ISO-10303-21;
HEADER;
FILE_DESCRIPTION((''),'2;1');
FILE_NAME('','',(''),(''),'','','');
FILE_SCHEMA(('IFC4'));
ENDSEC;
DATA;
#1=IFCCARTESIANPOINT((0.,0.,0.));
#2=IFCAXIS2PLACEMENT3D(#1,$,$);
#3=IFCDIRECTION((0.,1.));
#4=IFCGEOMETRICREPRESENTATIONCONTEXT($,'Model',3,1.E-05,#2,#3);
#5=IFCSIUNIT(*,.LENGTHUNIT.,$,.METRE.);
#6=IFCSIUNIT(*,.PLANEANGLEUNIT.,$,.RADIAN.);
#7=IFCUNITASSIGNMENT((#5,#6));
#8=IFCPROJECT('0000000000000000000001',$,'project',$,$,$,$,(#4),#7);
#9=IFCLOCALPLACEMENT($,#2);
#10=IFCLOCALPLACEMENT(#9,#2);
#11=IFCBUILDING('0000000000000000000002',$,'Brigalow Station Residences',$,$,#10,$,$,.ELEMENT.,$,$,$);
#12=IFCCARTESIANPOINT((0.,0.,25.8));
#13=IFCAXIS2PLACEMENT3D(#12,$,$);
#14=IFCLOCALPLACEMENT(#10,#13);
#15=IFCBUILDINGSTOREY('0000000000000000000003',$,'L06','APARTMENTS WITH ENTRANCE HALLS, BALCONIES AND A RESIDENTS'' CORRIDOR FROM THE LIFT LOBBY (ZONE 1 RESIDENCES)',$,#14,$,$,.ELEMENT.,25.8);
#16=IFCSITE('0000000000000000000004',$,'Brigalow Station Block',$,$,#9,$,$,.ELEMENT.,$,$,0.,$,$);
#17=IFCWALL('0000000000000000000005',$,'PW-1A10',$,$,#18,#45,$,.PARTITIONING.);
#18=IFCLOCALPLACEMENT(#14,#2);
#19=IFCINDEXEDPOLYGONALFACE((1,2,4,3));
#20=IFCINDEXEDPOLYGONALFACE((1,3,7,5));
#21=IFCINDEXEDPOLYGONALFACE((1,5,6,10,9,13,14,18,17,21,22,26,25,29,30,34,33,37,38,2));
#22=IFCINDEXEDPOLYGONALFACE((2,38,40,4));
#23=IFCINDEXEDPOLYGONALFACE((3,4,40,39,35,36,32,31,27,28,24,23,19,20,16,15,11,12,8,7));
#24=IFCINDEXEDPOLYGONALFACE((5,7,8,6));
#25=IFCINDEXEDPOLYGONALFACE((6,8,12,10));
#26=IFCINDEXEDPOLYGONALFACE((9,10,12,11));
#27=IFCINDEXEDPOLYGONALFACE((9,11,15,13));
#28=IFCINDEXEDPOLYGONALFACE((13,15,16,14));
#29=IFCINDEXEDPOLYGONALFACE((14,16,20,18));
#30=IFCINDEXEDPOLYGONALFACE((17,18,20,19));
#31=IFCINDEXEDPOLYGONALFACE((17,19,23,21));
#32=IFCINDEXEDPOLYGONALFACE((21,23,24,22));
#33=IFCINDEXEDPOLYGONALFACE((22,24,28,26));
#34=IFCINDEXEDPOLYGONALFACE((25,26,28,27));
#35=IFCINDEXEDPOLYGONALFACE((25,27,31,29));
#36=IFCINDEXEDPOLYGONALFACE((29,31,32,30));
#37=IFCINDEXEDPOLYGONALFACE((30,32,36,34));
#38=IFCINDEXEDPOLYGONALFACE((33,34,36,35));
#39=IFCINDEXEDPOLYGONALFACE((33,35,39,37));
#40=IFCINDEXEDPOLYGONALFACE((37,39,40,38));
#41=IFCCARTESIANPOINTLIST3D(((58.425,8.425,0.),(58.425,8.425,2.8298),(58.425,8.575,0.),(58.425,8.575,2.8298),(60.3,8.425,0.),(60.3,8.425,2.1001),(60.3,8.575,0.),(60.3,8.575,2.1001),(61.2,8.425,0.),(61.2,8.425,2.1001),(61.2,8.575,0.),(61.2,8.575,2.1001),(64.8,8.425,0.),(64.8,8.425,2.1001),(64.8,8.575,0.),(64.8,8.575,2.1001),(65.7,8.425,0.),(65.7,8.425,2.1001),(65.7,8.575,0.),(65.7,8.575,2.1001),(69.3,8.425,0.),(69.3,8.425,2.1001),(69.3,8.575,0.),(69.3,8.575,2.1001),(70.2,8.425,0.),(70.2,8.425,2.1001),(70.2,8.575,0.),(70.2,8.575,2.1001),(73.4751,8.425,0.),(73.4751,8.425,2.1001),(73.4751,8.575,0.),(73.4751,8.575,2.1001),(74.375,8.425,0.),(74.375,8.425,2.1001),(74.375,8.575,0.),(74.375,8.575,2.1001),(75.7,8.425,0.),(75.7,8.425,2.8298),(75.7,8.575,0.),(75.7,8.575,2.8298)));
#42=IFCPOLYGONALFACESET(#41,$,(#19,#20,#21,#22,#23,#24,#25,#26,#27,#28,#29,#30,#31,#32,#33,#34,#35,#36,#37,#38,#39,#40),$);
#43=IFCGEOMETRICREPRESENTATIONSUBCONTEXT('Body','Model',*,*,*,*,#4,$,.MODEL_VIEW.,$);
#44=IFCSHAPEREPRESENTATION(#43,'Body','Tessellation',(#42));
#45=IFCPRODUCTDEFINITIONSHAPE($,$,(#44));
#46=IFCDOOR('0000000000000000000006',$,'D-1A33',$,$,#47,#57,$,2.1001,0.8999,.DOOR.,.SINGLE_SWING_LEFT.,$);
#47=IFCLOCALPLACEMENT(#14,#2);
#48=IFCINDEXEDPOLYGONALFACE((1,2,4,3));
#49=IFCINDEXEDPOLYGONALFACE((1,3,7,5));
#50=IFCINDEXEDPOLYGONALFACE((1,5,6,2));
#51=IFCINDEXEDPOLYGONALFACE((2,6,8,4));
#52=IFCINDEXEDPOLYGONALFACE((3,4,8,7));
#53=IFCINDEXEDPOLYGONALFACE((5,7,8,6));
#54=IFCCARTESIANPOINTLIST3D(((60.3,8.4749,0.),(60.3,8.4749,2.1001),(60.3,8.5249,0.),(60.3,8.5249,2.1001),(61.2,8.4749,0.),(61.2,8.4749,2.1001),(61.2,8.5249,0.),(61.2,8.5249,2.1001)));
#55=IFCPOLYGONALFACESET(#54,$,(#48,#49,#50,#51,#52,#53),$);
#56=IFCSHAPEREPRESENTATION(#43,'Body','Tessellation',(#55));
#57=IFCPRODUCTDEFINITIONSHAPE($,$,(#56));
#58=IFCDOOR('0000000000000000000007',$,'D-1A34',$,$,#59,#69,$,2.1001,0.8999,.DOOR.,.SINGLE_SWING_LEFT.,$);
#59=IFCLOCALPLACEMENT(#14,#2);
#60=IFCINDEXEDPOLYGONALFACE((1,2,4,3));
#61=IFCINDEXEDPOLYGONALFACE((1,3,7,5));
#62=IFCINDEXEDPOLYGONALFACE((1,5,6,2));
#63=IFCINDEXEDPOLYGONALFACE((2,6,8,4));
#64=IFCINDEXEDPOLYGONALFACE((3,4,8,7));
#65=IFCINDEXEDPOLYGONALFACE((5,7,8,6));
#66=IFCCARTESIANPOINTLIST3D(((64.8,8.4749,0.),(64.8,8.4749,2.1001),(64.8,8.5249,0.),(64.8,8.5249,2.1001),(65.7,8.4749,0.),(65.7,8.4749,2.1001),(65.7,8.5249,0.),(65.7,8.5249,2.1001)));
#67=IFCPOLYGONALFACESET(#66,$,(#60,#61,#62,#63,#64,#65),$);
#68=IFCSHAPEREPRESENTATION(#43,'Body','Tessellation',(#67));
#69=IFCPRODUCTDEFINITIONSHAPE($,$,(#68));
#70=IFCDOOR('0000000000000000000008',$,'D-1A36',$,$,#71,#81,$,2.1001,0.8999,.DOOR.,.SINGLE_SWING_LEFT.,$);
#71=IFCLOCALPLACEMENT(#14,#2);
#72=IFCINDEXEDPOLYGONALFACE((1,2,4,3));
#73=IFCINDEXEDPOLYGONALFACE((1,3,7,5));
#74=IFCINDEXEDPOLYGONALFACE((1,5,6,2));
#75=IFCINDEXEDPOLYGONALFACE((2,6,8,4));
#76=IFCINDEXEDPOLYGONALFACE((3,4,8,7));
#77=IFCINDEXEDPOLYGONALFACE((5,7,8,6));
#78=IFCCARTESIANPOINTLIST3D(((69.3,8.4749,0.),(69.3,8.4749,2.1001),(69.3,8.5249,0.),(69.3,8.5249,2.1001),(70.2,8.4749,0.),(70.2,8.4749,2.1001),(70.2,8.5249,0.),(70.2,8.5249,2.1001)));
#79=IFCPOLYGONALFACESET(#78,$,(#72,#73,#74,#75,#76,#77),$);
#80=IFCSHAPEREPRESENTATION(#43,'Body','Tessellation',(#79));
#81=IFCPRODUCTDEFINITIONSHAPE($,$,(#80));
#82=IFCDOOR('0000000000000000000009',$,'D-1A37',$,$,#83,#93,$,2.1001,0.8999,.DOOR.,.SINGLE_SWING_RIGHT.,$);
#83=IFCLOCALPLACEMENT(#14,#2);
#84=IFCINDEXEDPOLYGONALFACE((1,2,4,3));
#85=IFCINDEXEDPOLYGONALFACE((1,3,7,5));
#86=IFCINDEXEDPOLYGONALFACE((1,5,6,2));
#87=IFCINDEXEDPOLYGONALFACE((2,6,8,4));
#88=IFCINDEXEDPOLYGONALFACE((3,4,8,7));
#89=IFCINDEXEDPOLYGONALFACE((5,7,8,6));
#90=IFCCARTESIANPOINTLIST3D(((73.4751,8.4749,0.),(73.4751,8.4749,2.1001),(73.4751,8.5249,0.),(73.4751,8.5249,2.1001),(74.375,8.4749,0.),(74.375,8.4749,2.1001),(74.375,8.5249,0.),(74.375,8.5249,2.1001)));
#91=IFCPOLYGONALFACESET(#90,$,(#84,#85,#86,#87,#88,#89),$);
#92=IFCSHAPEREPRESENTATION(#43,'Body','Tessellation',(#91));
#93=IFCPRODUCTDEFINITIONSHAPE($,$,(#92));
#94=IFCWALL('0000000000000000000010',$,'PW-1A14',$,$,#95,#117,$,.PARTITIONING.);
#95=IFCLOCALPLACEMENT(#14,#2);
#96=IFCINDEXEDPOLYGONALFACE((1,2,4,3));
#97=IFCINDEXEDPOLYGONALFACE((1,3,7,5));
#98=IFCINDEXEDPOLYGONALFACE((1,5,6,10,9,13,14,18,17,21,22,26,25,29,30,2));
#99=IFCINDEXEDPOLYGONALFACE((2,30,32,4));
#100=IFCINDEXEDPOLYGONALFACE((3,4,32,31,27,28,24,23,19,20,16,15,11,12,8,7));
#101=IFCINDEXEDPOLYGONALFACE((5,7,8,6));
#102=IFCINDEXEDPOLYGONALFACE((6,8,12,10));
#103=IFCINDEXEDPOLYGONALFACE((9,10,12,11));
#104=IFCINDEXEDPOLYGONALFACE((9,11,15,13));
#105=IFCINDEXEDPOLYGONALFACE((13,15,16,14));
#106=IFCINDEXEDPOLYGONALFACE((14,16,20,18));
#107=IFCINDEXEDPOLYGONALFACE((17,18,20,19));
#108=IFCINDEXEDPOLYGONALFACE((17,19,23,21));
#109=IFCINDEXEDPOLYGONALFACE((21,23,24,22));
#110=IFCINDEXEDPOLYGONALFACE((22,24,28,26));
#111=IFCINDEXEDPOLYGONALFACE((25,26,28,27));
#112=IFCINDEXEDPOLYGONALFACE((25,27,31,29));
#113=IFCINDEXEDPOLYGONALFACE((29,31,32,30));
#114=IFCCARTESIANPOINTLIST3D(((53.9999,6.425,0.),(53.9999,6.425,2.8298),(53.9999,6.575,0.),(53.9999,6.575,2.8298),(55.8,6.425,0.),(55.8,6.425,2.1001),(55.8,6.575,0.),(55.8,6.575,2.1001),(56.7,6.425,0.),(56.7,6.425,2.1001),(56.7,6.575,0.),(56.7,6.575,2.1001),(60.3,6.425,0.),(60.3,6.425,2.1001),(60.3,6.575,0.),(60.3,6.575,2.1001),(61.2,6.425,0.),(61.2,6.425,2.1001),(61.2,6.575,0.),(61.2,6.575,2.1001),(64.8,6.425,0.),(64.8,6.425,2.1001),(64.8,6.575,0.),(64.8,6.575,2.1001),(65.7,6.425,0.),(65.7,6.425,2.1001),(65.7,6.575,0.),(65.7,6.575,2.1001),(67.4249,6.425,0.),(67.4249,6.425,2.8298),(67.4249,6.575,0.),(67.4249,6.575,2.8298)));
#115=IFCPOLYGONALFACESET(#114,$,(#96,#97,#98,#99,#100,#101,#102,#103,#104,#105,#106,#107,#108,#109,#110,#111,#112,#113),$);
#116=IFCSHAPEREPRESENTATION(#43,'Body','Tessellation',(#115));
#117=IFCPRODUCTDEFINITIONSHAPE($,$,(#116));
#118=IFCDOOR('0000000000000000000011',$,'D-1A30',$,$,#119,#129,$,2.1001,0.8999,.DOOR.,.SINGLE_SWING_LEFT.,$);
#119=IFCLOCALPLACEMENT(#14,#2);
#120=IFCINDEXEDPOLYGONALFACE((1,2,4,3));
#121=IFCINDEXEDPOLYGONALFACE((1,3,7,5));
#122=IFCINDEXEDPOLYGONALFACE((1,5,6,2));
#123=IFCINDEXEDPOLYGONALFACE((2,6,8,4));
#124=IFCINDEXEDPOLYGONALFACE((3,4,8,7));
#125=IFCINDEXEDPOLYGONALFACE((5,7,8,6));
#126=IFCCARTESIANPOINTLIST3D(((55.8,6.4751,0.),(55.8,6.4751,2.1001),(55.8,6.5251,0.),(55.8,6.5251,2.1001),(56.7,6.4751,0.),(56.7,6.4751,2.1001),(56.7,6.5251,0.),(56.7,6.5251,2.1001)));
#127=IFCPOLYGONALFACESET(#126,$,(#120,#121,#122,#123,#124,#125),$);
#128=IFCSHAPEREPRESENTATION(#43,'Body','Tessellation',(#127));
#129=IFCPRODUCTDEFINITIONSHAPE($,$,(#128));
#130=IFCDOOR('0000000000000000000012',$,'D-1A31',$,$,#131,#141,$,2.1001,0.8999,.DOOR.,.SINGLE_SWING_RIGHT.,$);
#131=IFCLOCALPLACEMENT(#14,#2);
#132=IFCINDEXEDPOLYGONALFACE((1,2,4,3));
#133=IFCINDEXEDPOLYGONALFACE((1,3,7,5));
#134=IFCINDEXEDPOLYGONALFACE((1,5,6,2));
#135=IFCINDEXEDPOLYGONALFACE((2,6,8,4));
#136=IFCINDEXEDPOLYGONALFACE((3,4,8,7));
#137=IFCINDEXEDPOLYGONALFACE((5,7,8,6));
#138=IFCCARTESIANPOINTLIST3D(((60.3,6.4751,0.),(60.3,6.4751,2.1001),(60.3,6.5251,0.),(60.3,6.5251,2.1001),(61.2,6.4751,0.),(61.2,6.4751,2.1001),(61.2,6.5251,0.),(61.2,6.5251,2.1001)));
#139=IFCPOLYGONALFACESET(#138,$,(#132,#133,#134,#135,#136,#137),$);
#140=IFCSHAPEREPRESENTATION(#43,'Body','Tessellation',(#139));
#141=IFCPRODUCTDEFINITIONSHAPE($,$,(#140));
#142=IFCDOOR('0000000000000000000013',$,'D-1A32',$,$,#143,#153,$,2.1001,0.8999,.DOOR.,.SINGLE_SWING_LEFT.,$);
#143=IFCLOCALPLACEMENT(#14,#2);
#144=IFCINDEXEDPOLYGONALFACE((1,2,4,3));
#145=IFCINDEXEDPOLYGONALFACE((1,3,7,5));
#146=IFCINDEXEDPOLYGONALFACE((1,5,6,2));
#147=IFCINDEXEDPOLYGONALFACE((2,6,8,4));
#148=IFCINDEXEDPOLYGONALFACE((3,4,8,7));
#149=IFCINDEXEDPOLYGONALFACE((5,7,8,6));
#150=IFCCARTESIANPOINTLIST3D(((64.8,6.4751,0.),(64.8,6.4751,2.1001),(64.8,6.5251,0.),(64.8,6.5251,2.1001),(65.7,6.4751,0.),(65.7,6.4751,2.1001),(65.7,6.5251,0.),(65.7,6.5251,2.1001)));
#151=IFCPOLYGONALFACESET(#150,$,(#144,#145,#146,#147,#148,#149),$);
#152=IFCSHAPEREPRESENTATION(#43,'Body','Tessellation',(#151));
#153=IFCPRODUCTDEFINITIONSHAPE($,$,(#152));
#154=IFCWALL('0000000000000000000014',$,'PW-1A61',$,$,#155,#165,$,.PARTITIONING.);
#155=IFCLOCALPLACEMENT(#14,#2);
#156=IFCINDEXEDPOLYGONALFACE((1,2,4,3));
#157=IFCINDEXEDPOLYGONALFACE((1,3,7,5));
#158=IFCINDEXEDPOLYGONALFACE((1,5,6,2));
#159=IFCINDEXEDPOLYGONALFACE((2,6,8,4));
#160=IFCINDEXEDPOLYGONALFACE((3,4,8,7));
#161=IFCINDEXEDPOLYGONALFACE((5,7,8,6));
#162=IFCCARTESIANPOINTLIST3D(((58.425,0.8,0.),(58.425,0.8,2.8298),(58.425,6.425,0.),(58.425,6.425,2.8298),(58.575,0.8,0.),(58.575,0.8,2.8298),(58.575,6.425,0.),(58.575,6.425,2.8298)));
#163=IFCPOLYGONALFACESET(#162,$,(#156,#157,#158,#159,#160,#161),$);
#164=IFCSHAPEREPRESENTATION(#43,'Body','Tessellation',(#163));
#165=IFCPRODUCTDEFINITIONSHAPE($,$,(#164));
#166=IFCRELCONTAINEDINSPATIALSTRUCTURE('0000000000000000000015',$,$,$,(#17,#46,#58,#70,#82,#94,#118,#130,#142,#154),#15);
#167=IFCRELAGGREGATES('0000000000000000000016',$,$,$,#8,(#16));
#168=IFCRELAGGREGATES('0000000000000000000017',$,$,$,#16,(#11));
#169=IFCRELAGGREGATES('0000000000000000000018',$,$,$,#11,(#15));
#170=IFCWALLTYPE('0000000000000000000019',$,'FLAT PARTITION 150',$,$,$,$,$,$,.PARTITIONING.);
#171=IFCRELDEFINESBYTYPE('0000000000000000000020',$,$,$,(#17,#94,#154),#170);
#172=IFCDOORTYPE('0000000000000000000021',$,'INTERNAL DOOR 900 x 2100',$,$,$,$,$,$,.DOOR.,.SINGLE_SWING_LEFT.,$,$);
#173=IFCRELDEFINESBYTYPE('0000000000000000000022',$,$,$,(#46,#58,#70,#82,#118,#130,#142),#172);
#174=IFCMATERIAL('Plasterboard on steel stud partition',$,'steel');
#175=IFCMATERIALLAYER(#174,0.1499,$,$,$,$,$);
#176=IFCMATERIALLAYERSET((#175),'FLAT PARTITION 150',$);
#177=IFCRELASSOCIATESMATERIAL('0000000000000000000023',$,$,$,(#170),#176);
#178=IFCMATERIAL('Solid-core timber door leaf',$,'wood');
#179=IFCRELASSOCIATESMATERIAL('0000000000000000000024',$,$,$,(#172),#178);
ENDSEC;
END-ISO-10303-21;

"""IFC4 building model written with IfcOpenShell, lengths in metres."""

from ifc_helpers import new_model, si_unit, direction, frame, frame_2d, origin, place, context, subcontext, project, spatial, rectangle, extrude, material, layer, layer_set, type_object, element, fill, save


model = new_model("IFC4")

# Units and contexts
model_context = context("Model", 3, precision=1e-05, world=origin(), true_north=direction((0.0, 1.0)))
body_context = subcontext(model_context, "Body", "Model", "MODEL_VIEW")
ifc_project = project(units=[si_unit("LENGTHUNIT", "METRE"), si_unit("PLANEANGLEUNIT", "RADIAN")], contexts=[model_context])

# Site, building, storey
site_placement = place(None, origin())
site = spatial("IfcSite", under=ifc_project, at=site_placement, Name="Brigalow Station Block", CompositionType="ELEMENT", RefElevation=0.0)
building_placement = place(site_placement, origin())
building = spatial("IfcBuilding", under=site, at=building_placement, Name="Brigalow Station Residences", CompositionType="ELEMENT")
storey_placement = place(building_placement, frame((0.0, 0.0, 25.8)))
storey = spatial("IfcBuildingStorey", under=building, at=storey_placement, Name="L06", Description="APARTMENTS WITH ENTRANCE HALLS, BALCONIES AND A RESIDENTS' CORRIDOR FROM THE LIFT LOBBY (ZONE 1 RESIDENCES)", CompositionType="ELEMENT", Elevation=25.8)

# Walls, openings, doors
ifc_material_1 = material(Name="Plasterboard on steel stud partition", Category="steel")
ifc_layer_1 = layer(ifc_material_1, 0.1499)
ifc_layer_set_1 = layer_set([ifc_layer_1], Name="FLAT PARTITION 150")
wall_type_1 = type_object("IfcWallType", Name="FLAT PARTITION 150", PredefinedType="PARTITIONING", material=ifc_layer_set_1)
wall_1_placement = place(storey_placement, frame((58.425, 8.5, 0.0), z_axis=(0.0, 0.0, 1.0), x_axis=(1.0, 0.0, 0.0)))
wall_1 = element("IfcWall", 1, at=wall_1_placement, inside=storey, type_object=wall_type_1, Name="PW-1A10", PredefinedType="PARTITIONING", context=body_context, shape_type="SweptSolid", body=[
    extrude(rectangle(XDim=17.2749, YDim=0.1499, at=frame_2d((8.6375, 0.0))), origin(), (0.0, 0.0, 1.0), 2.8298),
])
opening_1_placement = place(wall_1_placement, frame((1.875, 0.0, 0.0)))
opening_1 = element("IfcOpeningElement", 2, at=opening_1_placement, cuts=wall_1, PredefinedType="OPENING", context=body_context, shape_type="SweptSolid", body=[
    extrude(rectangle(XDim=0.8999, YDim=2.1001, at=frame_2d((0.45, 1.05))), frame((0.0, 0.085, 0.0), z_axis=(0.0, -1.0, 0.0), x_axis=(1.0, 0.0, 0.0)), (0.0, 0.0, 1.0), 0.1699),
])
opening_2_placement = place(wall_1_placement, frame((6.375, 0.0, 0.0)))
opening_2 = element("IfcOpeningElement", 3, at=opening_2_placement, cuts=wall_1, PredefinedType="OPENING", context=body_context, shape_type="SweptSolid", body=[
    extrude(rectangle(XDim=0.8999, YDim=2.1001, at=frame_2d((0.45, 1.05))), frame((0.0, 0.085, 0.0), z_axis=(0.0, -1.0, 0.0), x_axis=(1.0, 0.0, 0.0)), (0.0, 0.0, 1.0), 0.1699),
])
opening_3_placement = place(wall_1_placement, frame((10.875, 0.0, 0.0)))
opening_3 = element("IfcOpeningElement", 4, at=opening_3_placement, cuts=wall_1, PredefinedType="OPENING", context=body_context, shape_type="SweptSolid", body=[
    extrude(rectangle(XDim=0.8999, YDim=2.1001, at=frame_2d((0.45, 1.05))), frame((0.0, 0.085, 0.0), z_axis=(0.0, -1.0, 0.0), x_axis=(1.0, 0.0, 0.0)), (0.0, 0.0, 1.0), 0.1699),
])
opening_4_placement = place(wall_1_placement, frame((15.05, 0.0, 0.0)))
opening_4 = element("IfcOpeningElement", 5, at=opening_4_placement, cuts=wall_1, PredefinedType="OPENING", context=body_context, shape_type="SweptSolid", body=[
    extrude(rectangle(XDim=0.8999, YDim=2.1001, at=frame_2d((0.45, 1.05))), frame((0.0, 0.085, 0.0), z_axis=(0.0, -1.0, 0.0), x_axis=(1.0, 0.0, 0.0)), (0.0, 0.0, 1.0), 0.1699),
])
ifc_material_2 = material(Name="Solid-core timber door leaf", Category="wood")
door_type = type_object("IfcDoorType", Name="INTERNAL DOOR 900 x 2100", OperationType="SINGLE_SWING_LEFT", PredefinedType="DOOR", material=ifc_material_2)
door_1_placement = place(opening_1_placement, origin())
door_1 = element("IfcDoor", 6, at=door_1_placement, inside=storey, type_object=door_type, Name="D-1A33", OperationType="SINGLE_SWING_LEFT", OverallHeight=2.1001, OverallWidth=0.8999, PredefinedType="DOOR", context=body_context, shape_type="SweptSolid", body=[
    extrude(rectangle(XDim=0.8999, YDim=2.1001, at=frame_2d((0.45, 1.05))), frame((0.0, 0.0249, 0.0), z_axis=(0.0, -1.0, 0.0), x_axis=(1.0, 0.0, 0.0)), (0.0, 0.0, 1.0), 0.05),
])
fill(opening_1, door_1)
door_2_placement = place(opening_2_placement, origin())
door_2 = element("IfcDoor", 7, at=door_2_placement, inside=storey, type_object=door_type, Name="D-1A34", OperationType="SINGLE_SWING_LEFT", OverallHeight=2.1001, OverallWidth=0.8999, PredefinedType="DOOR", context=body_context, shape_type="SweptSolid", body=[
    extrude(rectangle(XDim=0.8999, YDim=2.1001, at=frame_2d((0.45, 1.05))), frame((0.0, 0.0249, 0.0), z_axis=(0.0, -1.0, 0.0), x_axis=(1.0, 0.0, 0.0)), (0.0, 0.0, 1.0), 0.05),
])
fill(opening_2, door_2)
door_3_placement = place(opening_3_placement, origin())
door_3 = element("IfcDoor", 8, at=door_3_placement, inside=storey, type_object=door_type, Name="D-1A36", OperationType="SINGLE_SWING_LEFT", OverallHeight=2.1001, OverallWidth=0.8999, PredefinedType="DOOR", context=body_context, shape_type="SweptSolid", body=[
    extrude(rectangle(XDim=0.8999, YDim=2.1001, at=frame_2d((0.45, 1.05))), frame((0.0, 0.0249, 0.0), z_axis=(0.0, -1.0, 0.0), x_axis=(1.0, 0.0, 0.0)), (0.0, 0.0, 1.0), 0.05),
])
fill(opening_3, door_3)
door_4_placement = place(opening_4_placement, origin())
door_4 = element("IfcDoor", 9, at=door_4_placement, inside=storey, type_object=door_type, Name="D-1A37", OperationType="SINGLE_SWING_RIGHT", OverallHeight=2.1001, OverallWidth=0.8999, PredefinedType="DOOR", context=body_context, shape_type="SweptSolid", body=[
    extrude(rectangle(XDim=0.8999, YDim=2.1001, at=frame_2d((0.45, 1.05))), frame((0.0, 0.0249, 0.0), z_axis=(0.0, -1.0, 0.0), x_axis=(1.0, 0.0, 0.0)), (0.0, 0.0, 1.0), 0.05),
])
fill(opening_4, door_4)
wall_2_placement = place(storey_placement, frame((54.0, 6.5, 0.0), z_axis=(0.0, 0.0, 1.0), x_axis=(1.0, 0.0, 0.0)))
wall_2 = element("IfcWall", 10, at=wall_2_placement, inside=storey, type_object=wall_type_1, Name="PW-1A14", PredefinedType="PARTITIONING", context=body_context, shape_type="SweptSolid", body=[
    extrude(rectangle(XDim=13.425, YDim=0.1499, at=frame_2d((6.7124, 0.0))), origin(), (0.0, 0.0, 1.0), 2.8298),
])
opening_5_placement = place(wall_2_placement, frame((1.8, 0.0, 0.0)))
opening_5 = element("IfcOpeningElement", 11, at=opening_5_placement, cuts=wall_2, PredefinedType="OPENING", context=body_context, shape_type="SweptSolid", body=[
    extrude(rectangle(XDim=0.8999, YDim=2.1001, at=frame_2d((0.45, 1.05))), frame((0.0, 0.085, 0.0), z_axis=(0.0, -1.0, 0.0), x_axis=(1.0, 0.0, 0.0)), (0.0, 0.0, 1.0), 0.1699),
])
opening_6_placement = place(wall_2_placement, frame((6.3, 0.0, 0.0)))
opening_6 = element("IfcOpeningElement", 12, at=opening_6_placement, cuts=wall_2, PredefinedType="OPENING", context=body_context, shape_type="SweptSolid", body=[
    extrude(rectangle(XDim=0.8999, YDim=2.1001, at=frame_2d((0.45, 1.05))), frame((0.0, 0.085, 0.0), z_axis=(0.0, -1.0, 0.0), x_axis=(1.0, 0.0, 0.0)), (0.0, 0.0, 1.0), 0.1699),
])
opening_7_placement = place(wall_2_placement, frame((10.8, 0.0, 0.0)))
opening_7 = element("IfcOpeningElement", 13, at=opening_7_placement, cuts=wall_2, PredefinedType="OPENING", context=body_context, shape_type="SweptSolid", body=[
    extrude(rectangle(XDim=0.8999, YDim=2.1001, at=frame_2d((0.45, 1.05))), frame((0.0, 0.085, 0.0), z_axis=(0.0, -1.0, 0.0), x_axis=(1.0, 0.0, 0.0)), (0.0, 0.0, 1.0), 0.1699),
])
door_5_placement = place(opening_5_placement, frame((0.8999, 0.0, 0.0), z_axis=(0.0, 0.0, 1.0), x_axis=(-1.0, 0.0, 0.0)))
door_5 = element("IfcDoor", 14, at=door_5_placement, inside=storey, type_object=door_type, Name="D-1A30", OperationType="SINGLE_SWING_LEFT", OverallHeight=2.1001, OverallWidth=0.8999, PredefinedType="DOOR", context=body_context, shape_type="SweptSolid", body=[
    extrude(rectangle(XDim=0.8999, YDim=2.1001, at=frame_2d((0.45, 1.05))), frame((0.0, 0.0249, 0.0), z_axis=(0.0, -1.0, 0.0), x_axis=(1.0, 0.0, 0.0)), (0.0, 0.0, 1.0), 0.05),
])
fill(opening_5, door_5)
door_6_placement = place(opening_6_placement, frame((0.8999, 0.0, 0.0), z_axis=(0.0, 0.0, 1.0), x_axis=(-1.0, 0.0, 0.0)))
door_6 = element("IfcDoor", 15, at=door_6_placement, inside=storey, type_object=door_type, Name="D-1A31", OperationType="SINGLE_SWING_RIGHT", OverallHeight=2.1001, OverallWidth=0.8999, PredefinedType="DOOR", context=body_context, shape_type="SweptSolid", body=[
    extrude(rectangle(XDim=0.8999, YDim=2.1001, at=frame_2d((0.45, 1.05))), frame((0.0, 0.0249, 0.0), z_axis=(0.0, -1.0, 0.0), x_axis=(1.0, 0.0, 0.0)), (0.0, 0.0, 1.0), 0.05),
])
fill(opening_6, door_6)
door_7_placement = place(opening_7_placement, frame((0.8999, 0.0, 0.0), z_axis=(0.0, 0.0, 1.0), x_axis=(-1.0, 0.0, 0.0)))
door_7 = element("IfcDoor", 16, at=door_7_placement, inside=storey, type_object=door_type, Name="D-1A32", OperationType="SINGLE_SWING_LEFT", OverallHeight=2.1001, OverallWidth=0.8999, PredefinedType="DOOR", context=body_context, shape_type="SweptSolid", body=[
    extrude(rectangle(XDim=0.8999, YDim=2.1001, at=frame_2d((0.45, 1.05))), frame((0.0, 0.0249, 0.0), z_axis=(0.0, -1.0, 0.0), x_axis=(1.0, 0.0, 0.0)), (0.0, 0.0, 1.0), 0.05),
])
fill(opening_7, door_7)

# Wall
wall_3_placement = place(storey_placement, frame((58.5, 0.8, 0.0), z_axis=(0.0, 0.0, 1.0), x_axis=(0.0, 1.0, 0.0)))
element("IfcWall", 17, at=wall_3_placement, inside=storey, type_object=wall_type_1, Name="PW-1A61", PredefinedType="PARTITIONING", context=body_context, shape_type="SweptSolid", body=[
    extrude(rectangle(XDim=5.625, YDim=0.1499, at=frame_2d((2.8125, 0.0))), origin(), (0.0, 0.0, 1.0), 2.8298),
])

save(model, "model.ifc")
